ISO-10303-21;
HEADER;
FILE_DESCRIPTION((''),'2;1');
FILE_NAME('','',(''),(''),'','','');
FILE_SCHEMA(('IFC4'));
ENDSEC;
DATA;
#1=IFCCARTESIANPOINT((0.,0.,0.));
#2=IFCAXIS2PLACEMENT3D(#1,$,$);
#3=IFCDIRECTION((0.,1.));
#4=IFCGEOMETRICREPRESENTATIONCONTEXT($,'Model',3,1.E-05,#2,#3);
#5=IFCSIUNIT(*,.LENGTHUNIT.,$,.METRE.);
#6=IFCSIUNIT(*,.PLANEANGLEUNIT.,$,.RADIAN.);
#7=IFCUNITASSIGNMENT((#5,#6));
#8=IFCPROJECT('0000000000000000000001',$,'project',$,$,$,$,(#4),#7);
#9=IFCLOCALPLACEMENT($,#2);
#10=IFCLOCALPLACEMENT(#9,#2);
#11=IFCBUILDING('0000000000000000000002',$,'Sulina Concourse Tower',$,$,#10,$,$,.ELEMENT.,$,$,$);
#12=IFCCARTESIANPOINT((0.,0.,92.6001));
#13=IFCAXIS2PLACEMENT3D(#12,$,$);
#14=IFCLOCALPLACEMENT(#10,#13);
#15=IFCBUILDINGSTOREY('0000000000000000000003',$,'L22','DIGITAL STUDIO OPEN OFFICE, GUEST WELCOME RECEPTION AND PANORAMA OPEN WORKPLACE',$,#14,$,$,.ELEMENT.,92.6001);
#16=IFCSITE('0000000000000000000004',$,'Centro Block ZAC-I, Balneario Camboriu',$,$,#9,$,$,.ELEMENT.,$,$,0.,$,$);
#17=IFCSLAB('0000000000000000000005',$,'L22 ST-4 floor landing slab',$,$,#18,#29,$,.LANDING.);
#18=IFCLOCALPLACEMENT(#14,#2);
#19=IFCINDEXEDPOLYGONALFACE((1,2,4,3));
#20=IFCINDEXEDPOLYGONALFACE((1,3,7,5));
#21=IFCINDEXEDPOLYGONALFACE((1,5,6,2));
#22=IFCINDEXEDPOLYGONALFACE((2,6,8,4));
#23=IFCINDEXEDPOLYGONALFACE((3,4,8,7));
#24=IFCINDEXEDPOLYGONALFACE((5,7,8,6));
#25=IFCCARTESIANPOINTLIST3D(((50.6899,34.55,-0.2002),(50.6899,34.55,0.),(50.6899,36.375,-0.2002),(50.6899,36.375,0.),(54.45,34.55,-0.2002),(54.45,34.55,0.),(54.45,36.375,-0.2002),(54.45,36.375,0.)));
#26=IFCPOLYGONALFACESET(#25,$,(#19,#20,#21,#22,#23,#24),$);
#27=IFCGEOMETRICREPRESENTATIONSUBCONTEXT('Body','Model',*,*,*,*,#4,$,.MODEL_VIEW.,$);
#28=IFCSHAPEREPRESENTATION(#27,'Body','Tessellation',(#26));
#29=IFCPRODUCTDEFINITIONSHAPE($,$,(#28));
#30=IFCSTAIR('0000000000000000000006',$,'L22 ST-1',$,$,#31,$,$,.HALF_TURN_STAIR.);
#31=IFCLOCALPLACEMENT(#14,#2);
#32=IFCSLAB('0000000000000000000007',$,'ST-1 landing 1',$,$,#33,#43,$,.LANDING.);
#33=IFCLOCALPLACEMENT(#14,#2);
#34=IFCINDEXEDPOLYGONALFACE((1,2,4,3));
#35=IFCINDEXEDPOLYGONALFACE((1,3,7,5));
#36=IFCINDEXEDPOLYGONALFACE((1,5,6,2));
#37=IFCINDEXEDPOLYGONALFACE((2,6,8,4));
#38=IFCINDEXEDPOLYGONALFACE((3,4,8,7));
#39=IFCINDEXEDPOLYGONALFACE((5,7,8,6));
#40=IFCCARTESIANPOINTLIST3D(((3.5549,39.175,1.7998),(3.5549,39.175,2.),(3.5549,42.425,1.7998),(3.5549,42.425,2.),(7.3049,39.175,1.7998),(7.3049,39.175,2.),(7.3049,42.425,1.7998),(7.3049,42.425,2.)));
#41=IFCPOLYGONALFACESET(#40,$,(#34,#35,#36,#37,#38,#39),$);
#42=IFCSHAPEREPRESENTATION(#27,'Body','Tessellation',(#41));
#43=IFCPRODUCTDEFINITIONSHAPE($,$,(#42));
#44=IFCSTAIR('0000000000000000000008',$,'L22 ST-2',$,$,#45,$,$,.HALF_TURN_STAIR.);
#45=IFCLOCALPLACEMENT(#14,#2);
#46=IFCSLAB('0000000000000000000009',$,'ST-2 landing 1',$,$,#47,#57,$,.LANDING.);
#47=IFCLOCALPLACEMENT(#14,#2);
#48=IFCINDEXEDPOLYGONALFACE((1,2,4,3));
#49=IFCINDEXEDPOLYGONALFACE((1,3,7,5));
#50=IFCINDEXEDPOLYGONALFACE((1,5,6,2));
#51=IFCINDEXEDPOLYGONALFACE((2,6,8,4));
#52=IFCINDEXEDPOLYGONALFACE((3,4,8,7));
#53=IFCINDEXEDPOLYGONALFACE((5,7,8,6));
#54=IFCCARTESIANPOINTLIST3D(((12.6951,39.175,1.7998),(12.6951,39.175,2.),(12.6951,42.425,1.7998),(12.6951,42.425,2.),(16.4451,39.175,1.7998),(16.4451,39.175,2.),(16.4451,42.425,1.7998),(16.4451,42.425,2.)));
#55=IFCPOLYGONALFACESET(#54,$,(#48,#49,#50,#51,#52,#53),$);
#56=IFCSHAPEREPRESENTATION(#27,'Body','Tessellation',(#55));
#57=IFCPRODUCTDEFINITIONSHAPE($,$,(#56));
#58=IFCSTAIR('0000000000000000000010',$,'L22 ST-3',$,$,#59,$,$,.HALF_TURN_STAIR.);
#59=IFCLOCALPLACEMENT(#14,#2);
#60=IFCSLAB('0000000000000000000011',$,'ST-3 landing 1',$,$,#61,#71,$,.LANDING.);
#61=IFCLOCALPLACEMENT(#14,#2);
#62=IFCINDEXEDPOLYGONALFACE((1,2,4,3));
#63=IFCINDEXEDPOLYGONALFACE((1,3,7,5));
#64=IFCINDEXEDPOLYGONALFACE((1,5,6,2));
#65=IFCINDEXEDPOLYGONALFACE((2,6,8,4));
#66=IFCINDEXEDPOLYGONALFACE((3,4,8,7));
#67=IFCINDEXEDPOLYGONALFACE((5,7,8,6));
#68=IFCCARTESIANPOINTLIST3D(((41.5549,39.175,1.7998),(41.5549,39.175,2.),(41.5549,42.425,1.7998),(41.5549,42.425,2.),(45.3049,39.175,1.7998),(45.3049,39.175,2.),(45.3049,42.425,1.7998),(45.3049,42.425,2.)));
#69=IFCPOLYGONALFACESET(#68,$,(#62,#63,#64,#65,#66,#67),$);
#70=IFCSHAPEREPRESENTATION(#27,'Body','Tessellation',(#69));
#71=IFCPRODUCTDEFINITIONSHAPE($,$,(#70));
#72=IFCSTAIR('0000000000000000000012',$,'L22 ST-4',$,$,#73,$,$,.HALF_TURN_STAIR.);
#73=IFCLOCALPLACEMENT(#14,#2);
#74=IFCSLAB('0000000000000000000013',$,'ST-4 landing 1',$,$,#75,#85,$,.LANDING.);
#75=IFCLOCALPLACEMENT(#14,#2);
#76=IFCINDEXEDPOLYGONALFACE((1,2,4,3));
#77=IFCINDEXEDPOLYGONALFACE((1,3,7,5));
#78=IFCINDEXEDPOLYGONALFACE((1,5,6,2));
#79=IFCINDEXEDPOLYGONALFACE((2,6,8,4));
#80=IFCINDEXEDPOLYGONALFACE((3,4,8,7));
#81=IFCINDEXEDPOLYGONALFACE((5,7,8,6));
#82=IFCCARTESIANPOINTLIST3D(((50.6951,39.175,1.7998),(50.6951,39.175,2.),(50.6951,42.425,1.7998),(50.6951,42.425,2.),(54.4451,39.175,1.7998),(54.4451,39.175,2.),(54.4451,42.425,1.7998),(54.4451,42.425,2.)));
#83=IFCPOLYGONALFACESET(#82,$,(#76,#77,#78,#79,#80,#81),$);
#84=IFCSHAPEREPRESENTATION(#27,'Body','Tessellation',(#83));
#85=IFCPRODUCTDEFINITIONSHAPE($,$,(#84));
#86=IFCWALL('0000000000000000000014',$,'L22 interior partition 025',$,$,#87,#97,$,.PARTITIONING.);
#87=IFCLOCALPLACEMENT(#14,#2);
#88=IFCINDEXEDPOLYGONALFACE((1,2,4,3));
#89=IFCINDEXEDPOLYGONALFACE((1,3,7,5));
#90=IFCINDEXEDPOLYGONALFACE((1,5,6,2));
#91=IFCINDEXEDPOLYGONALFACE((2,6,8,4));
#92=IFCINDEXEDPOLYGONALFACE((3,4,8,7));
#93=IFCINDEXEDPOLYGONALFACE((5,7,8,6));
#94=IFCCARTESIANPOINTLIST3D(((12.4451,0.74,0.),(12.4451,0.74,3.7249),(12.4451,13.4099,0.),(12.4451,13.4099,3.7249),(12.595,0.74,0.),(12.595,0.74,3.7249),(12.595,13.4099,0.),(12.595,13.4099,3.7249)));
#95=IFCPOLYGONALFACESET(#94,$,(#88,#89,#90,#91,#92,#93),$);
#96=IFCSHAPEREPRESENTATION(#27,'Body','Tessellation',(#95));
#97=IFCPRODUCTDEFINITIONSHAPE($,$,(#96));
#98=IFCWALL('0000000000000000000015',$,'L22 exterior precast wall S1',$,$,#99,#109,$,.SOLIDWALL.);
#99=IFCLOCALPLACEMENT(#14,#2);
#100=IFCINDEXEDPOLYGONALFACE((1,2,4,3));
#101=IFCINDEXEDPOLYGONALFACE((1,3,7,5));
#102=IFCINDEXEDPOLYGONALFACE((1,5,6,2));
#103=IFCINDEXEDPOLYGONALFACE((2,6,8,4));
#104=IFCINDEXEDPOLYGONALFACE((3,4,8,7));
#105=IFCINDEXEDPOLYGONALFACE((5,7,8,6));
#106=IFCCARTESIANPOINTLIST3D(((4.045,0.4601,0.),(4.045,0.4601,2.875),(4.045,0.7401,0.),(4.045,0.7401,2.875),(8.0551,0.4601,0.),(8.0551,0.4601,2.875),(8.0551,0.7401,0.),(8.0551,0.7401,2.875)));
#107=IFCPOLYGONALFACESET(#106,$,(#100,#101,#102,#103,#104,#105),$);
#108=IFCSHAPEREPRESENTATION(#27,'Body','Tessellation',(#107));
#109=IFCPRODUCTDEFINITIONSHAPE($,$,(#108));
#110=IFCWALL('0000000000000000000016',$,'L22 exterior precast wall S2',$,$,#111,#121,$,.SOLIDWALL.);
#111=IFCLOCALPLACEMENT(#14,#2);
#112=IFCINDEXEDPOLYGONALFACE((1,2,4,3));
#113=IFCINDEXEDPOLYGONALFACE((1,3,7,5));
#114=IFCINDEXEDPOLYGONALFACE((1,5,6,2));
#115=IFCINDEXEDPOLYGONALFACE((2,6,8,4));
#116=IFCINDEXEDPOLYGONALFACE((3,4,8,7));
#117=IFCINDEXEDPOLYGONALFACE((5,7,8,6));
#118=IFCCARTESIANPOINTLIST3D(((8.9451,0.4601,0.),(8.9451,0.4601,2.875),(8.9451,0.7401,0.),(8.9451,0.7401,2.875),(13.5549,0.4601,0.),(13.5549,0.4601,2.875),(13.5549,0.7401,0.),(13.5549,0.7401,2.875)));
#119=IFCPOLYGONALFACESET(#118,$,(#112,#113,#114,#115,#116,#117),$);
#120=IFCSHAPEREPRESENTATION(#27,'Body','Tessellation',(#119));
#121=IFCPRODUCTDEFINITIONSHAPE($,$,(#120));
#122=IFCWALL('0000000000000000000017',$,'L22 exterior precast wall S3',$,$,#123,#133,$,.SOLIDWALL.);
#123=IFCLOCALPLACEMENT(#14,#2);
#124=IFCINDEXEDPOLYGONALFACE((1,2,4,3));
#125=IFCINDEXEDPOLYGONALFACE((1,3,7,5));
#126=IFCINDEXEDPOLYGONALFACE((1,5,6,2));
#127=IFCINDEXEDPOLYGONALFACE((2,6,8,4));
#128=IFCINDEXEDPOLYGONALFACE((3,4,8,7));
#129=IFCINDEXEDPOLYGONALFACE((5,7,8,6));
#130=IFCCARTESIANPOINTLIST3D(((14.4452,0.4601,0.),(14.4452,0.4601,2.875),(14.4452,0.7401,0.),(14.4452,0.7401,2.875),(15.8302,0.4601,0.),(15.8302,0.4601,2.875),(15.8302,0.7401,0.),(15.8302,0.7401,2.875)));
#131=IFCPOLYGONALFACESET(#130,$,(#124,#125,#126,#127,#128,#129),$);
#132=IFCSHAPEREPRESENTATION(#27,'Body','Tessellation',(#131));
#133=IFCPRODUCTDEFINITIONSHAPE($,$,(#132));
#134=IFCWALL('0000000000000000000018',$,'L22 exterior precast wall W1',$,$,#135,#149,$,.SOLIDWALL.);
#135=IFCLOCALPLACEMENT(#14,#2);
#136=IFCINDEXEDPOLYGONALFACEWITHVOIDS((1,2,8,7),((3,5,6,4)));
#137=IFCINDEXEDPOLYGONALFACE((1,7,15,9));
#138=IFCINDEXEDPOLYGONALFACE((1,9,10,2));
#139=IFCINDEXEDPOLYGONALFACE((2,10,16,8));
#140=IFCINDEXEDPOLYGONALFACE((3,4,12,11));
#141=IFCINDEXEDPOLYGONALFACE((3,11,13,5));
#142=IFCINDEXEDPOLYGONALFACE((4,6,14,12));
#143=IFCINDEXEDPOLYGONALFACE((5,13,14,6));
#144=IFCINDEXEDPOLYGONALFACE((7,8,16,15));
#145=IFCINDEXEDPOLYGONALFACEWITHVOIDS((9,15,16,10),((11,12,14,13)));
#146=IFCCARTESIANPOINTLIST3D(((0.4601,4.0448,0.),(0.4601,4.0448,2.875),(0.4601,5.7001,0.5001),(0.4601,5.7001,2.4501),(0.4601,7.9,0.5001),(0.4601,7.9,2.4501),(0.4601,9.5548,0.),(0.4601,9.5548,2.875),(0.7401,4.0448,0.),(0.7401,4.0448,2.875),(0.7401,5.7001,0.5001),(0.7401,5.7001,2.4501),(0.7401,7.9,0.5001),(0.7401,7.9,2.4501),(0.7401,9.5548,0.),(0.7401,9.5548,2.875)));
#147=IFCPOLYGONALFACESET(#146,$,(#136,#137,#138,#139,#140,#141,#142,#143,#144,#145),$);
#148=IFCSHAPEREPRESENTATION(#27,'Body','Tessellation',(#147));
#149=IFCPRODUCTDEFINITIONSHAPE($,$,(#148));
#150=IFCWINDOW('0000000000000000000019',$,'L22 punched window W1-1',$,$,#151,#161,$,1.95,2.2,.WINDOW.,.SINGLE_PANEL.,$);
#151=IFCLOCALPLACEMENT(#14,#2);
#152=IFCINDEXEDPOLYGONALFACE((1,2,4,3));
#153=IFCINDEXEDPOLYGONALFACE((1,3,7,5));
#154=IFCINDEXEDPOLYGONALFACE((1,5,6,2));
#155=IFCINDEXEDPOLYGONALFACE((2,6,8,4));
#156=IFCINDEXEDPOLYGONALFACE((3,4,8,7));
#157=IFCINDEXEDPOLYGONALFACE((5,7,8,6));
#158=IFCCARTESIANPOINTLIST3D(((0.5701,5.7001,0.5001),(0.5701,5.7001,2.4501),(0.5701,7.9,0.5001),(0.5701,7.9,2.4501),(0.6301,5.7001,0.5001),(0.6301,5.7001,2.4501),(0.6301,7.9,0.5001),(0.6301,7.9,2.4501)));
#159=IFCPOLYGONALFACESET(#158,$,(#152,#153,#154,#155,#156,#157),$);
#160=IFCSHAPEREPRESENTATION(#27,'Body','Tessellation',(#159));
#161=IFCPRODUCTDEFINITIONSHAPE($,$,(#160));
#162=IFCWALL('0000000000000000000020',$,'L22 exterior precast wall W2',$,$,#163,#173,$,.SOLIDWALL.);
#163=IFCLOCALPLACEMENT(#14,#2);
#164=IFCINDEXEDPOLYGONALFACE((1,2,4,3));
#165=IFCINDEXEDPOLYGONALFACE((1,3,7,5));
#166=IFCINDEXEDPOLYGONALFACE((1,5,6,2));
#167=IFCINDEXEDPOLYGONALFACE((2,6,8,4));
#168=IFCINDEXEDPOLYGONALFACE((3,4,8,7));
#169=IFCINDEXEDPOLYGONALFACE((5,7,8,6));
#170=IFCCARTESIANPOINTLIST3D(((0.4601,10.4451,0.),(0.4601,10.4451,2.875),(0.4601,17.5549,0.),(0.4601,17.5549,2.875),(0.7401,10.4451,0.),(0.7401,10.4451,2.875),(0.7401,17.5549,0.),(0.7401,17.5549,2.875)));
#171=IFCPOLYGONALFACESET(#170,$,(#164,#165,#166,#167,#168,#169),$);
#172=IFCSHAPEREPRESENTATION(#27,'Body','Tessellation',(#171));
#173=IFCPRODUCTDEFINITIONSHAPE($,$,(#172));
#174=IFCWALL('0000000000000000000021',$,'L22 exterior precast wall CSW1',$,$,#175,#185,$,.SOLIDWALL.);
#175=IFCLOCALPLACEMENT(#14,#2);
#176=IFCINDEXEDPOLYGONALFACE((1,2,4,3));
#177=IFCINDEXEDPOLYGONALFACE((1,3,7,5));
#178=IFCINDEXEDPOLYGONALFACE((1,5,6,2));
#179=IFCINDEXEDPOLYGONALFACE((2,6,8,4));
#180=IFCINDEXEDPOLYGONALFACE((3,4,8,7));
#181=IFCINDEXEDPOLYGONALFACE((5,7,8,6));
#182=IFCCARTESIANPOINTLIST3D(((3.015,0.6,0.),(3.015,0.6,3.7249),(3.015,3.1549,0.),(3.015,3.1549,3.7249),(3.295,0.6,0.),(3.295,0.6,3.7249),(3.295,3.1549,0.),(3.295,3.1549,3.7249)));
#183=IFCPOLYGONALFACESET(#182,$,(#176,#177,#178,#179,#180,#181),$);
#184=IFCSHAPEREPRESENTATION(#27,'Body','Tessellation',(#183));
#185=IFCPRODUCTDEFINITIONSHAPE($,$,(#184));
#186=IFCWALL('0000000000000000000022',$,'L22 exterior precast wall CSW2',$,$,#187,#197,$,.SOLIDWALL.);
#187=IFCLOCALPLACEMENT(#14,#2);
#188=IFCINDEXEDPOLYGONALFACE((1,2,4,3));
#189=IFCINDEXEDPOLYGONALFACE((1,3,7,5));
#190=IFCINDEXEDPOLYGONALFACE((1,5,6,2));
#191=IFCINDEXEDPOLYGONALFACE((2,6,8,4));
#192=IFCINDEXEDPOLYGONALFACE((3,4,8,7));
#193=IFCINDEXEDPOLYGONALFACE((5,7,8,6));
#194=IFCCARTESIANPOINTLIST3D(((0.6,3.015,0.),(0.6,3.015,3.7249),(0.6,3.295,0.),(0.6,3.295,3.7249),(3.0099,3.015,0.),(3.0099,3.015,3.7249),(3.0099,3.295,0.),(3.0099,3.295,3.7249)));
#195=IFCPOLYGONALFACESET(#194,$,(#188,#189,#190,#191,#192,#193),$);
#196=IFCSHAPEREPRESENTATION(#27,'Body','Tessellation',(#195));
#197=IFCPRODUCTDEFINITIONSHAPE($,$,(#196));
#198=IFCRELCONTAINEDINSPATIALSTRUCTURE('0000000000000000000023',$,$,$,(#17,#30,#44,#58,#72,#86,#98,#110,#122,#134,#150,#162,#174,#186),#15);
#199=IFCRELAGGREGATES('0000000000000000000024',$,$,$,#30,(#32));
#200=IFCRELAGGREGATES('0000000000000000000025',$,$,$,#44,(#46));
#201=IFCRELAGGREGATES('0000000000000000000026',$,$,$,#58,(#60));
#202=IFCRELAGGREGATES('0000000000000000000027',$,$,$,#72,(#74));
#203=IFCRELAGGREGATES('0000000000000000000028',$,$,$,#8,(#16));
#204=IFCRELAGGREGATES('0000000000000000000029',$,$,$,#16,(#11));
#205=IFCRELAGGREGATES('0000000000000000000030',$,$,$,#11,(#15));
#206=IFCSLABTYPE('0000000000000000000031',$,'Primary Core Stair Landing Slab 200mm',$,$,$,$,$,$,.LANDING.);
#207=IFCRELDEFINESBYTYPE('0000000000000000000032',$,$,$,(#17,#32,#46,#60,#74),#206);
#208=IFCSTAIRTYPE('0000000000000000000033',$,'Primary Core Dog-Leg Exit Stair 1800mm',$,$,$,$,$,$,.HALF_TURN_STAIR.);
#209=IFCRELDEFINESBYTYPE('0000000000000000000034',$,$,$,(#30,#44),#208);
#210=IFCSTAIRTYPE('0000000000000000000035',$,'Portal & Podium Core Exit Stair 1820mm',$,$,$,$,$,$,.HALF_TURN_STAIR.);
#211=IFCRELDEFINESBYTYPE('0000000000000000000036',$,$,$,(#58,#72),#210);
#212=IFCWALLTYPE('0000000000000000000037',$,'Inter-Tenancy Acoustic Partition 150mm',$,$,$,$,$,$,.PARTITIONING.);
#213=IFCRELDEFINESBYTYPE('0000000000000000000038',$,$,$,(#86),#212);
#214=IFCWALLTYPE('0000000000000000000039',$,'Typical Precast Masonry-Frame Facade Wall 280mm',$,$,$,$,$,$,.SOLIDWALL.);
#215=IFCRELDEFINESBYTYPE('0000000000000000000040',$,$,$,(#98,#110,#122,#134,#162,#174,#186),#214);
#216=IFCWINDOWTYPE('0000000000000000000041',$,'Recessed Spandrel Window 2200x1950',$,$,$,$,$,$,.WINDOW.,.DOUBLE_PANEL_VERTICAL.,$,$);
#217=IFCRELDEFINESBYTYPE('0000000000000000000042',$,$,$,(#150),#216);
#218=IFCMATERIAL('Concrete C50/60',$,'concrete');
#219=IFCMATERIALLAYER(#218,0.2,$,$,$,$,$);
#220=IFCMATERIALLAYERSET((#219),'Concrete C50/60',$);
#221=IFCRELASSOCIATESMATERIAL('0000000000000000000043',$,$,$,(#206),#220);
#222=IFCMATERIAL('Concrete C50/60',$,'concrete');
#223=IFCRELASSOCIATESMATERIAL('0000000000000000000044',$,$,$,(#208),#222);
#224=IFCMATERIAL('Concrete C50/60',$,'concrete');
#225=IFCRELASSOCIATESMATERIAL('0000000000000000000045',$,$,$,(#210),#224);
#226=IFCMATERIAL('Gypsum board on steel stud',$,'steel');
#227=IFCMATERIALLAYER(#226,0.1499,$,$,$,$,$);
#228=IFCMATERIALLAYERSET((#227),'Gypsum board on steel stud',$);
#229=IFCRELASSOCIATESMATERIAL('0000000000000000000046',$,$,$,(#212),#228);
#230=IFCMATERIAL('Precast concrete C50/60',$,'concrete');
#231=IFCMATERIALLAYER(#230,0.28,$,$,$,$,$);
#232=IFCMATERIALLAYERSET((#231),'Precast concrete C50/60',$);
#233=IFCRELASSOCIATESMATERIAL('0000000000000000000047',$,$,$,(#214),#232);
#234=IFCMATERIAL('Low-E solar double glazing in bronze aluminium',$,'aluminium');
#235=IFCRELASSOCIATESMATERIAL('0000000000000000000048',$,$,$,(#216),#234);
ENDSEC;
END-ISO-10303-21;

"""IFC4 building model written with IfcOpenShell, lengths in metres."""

from ifc_helpers import new_model, si_unit, direction, frame, frame_2d, origin, place, context, subcontext, project, spatial, polyline, rectangle, outline, extrude, material, layer, layer_set, type_object, element, fill, aggregate, save


model = new_model("IFC4")

# Units and contexts
model_context = context("Model", 3, precision=1e-05, world=origin(), true_north=direction((0.0, 1.0)))
body_context = subcontext(model_context, "Body", "Model", "MODEL_VIEW")
ifc_project = project(units=[si_unit("LENGTHUNIT", "METRE"), si_unit("PLANEANGLEUNIT", "RADIAN")], contexts=[model_context])

# Site, building, storey
site_placement = place(None, origin())
site = spatial("IfcSite", under=ifc_project, at=site_placement, Name="Centro Block ZAC-I, Balneario Camboriu", CompositionType="ELEMENT", RefElevation=0.0)
building_placement = place(site_placement, origin())
building = spatial("IfcBuilding", under=site, at=building_placement, Name="Sulina Concourse Tower", CompositionType="ELEMENT")
storey_placement = place(building_placement, frame((0.0, 0.0, 92.6001)))
storey = spatial("IfcBuildingStorey", under=building, at=storey_placement, Name="L22", Description="DIGITAL STUDIO OPEN OFFICE, GUEST WELCOME RECEPTION AND PANORAMA OPEN WORKPLACE", CompositionType="ELEMENT", Elevation=92.6001)

# Slab
ifc_material_1 = material(Name="Concrete C50/60", Category="concrete")
ifc_layer_1 = layer(ifc_material_1, 0.2)
ifc_layer_set_1 = layer_set([ifc_layer_1], Name="Concrete C50/60")
slab_type_1 = type_object("IfcSlabType", Name="Primary Core Stair Landing Slab 200mm", PredefinedType="LANDING", material=ifc_layer_set_1)
slab_1_placement = place(storey_placement, frame((0.0, 0.0, -0.2002)))
element("IfcSlab", 1, at=slab_1_placement, inside=storey, type_object=slab_type_1, Name="L22 ST-4 floor landing slab", PredefinedType="LANDING", context=body_context, shape_type="SweptSolid", body=[
    extrude(outline(polyline([(54.45, 34.55), (54.45, 36.375), (50.6899, 36.375), (50.6899, 34.55), (54.45, 34.55)])), origin(), (0.0, 0.0, 1.0), 0.2002),
])

# Stairs, slabs
ifc_material_2 = material(Name="Concrete C50/60", Category="concrete")
stair_type_1 = type_object("IfcStairType", Name="Primary Core Dog-Leg Exit Stair 1800mm", PredefinedType="HALF_TURN_STAIR", material=ifc_material_2)
stair_1_placement = place(storey_placement, origin())
stair_1 = element("IfcStair", 2, at=stair_1_placement, inside=storey, type_object=stair_type_1, Name="L22 ST-1", PredefinedType="HALF_TURN_STAIR")
slab_2_placement = place(storey_placement, frame((0.0, 0.0, 1.7998)))
slab_2 = element("IfcSlab", 3, at=slab_2_placement, type_object=slab_type_1, Name="ST-1 landing 1", PredefinedType="LANDING", context=body_context, shape_type="SweptSolid", body=[
    extrude(outline(polyline([(7.3049, 39.175), (7.3049, 42.425), (3.5549, 42.425), (3.5549, 39.175), (7.3049, 39.175)])), origin(), (0.0, 0.0, 1.0), 0.2002),
])
aggregate(stair_1, [slab_2])
stair_2_placement = place(storey_placement, origin())
stair_2 = element("IfcStair", 4, at=stair_2_placement, inside=storey, type_object=stair_type_1, Name="L22 ST-2", PredefinedType="HALF_TURN_STAIR")
slab_3_placement = place(storey_placement, frame((0.0, 0.0, 1.7998)))
slab_3 = element("IfcSlab", 5, at=slab_3_placement, type_object=slab_type_1, Name="ST-2 landing 1", PredefinedType="LANDING", context=body_context, shape_type="SweptSolid", body=[
    extrude(outline(polyline([(16.4451, 39.175), (16.4451, 42.425), (12.6951, 42.425), (12.6951, 39.175), (16.4451, 39.175)])), origin(), (0.0, 0.0, 1.0), 0.2002),
])
aggregate(stair_2, [slab_3])
ifc_material_3 = material(Name="Concrete C50/60", Category="concrete")
stair_type_2 = type_object("IfcStairType", Name="Portal & Podium Core Exit Stair 1820mm", PredefinedType="HALF_TURN_STAIR", material=ifc_material_3)
stair_3_placement = place(storey_placement, origin())
stair_3 = element("IfcStair", 6, at=stair_3_placement, inside=storey, type_object=stair_type_2, Name="L22 ST-3", PredefinedType="HALF_TURN_STAIR")
slab_4_placement = place(storey_placement, frame((0.0, 0.0, 1.7998)))
slab_4 = element("IfcSlab", 7, at=slab_4_placement, type_object=slab_type_1, Name="ST-3 landing 1", PredefinedType="LANDING", context=body_context, shape_type="SweptSolid", body=[
    extrude(outline(polyline([(45.3049, 39.175), (45.3049, 42.425), (41.5549, 42.425), (41.5549, 39.175), (45.3049, 39.175)])), origin(), (0.0, 0.0, 1.0), 0.2002),
])
aggregate(stair_3, [slab_4])
stair_4_placement = place(storey_placement, origin())
stair_4 = element("IfcStair", 8, at=stair_4_placement, inside=storey, type_object=stair_type_2, Name="L22 ST-4", PredefinedType="HALF_TURN_STAIR")
slab_5_placement = place(storey_placement, frame((0.0, 0.0, 1.7998)))
slab_5 = element("IfcSlab", 9, at=slab_5_placement, type_object=slab_type_1, Name="ST-4 landing 1", PredefinedType="LANDING", context=body_context, shape_type="SweptSolid", body=[
    extrude(outline(polyline([(54.4451, 39.175), (54.4451, 42.425), (50.6951, 42.425), (50.6951, 39.175), (54.4451, 39.175)])), origin(), (0.0, 0.0, 1.0), 0.2002),
])
aggregate(stair_4, [slab_5])

# Walls
ifc_material_4 = material(Name="Gypsum board on steel stud", Category="steel")
ifc_layer_2 = layer(ifc_material_4, 0.1499)
ifc_layer_set_2 = layer_set([ifc_layer_2], Name="Gypsum board on steel stud")
wall_type_1 = type_object("IfcWallType", Name="Inter-Tenancy Acoustic Partition 150mm", PredefinedType="PARTITIONING", material=ifc_layer_set_2)
wall_1_placement = place(storey_placement, frame((12.52, 0.74, 0.0), z_axis=(0.0, 0.0, 1.0), x_axis=(0.0, 1.0, 0.0)))
element("IfcWall", 10, at=wall_1_placement, inside=storey, type_object=wall_type_1, Name="L22 interior partition 025", PredefinedType="PARTITIONING", context=body_context, shape_type="SweptSolid", body=[
    extrude(rectangle(XDim=12.6699, YDim=0.1499, at=frame_2d((6.335, 0.0))), origin(), (0.0, 0.0, 1.0), 3.7249),
])
ifc_material_5 = material(Name="Precast concrete C50/60", Category="concrete")
ifc_layer_3 = layer(ifc_material_5, 0.28)
ifc_layer_set_3 = layer_set([ifc_layer_3], Name="Precast concrete C50/60")
wall_type_2 = type_object("IfcWallType", Name="Typical Precast Masonry-Frame Facade Wall 280mm", PredefinedType="SOLIDWALL", material=ifc_layer_set_3)
wall_2_placement = place(storey_placement, frame((8.0549, 0.6001, 0.0), z_axis=(0.0, 0.0, 1.0), x_axis=(-1.0, 0.0, 0.0)))
element("IfcWall", 11, at=wall_2_placement, inside=storey, type_object=wall_type_2, Name="L22 exterior precast wall S1", PredefinedType="SOLIDWALL", context=body_context, shape_type="SweptSolid", body=[
    extrude(rectangle(XDim=4.01, YDim=0.28, at=frame_2d((2.0049, 0.0))), origin(), (0.0, 0.0, 1.0), 2.875),
])
wall_3_placement = place(storey_placement, frame((13.5549, 0.6001, 0.0), z_axis=(0.0, 0.0, 1.0), x_axis=(-1.0, 0.0, 0.0)))
element("IfcWall", 12, at=wall_3_placement, inside=storey, type_object=wall_type_2, Name="L22 exterior precast wall S2", PredefinedType="SOLIDWALL", context=body_context, shape_type="SweptSolid", body=[
    extrude(rectangle(XDim=4.6099, YDim=0.28, at=frame_2d((2.3049, 0.0))), origin(), (0.0, 0.0, 1.0), 2.875),
])
wall_4_placement = place(storey_placement, frame((15.8301, 0.6001, 0.0), z_axis=(0.0, 0.0, 1.0), x_axis=(-1.0, 0.0, 0.0)))
element("IfcWall", 13, at=wall_4_placement, inside=storey, type_object=wall_type_2, Name="L22 exterior precast wall S3", PredefinedType="SOLIDWALL", context=body_context, shape_type="SweptSolid", body=[
    extrude(rectangle(XDim=1.385, YDim=0.28, at=frame_2d((0.6924, 0.0))), origin(), (0.0, 0.0, 1.0), 2.875),
])

# Wall, opening, window
wall_5_placement = place(storey_placement, frame((0.6001, 4.0449, 0.0), z_axis=(0.0, 0.0, 1.0), x_axis=(0.0, 1.0, 0.0)))
wall_5 = element("IfcWall", 14, at=wall_5_placement, inside=storey, type_object=wall_type_2, Name="L22 exterior precast wall W1", PredefinedType="SOLIDWALL", context=body_context, shape_type="SweptSolid", body=[
    extrude(rectangle(XDim=5.51, YDim=0.28, at=frame_2d((2.7549, 0.0))), origin(), (0.0, 0.0, 1.0), 2.875),
])
opening_placement = place(wall_5_placement, frame((1.655, 0.0, 0.5)))
opening = element("IfcOpeningElement", 15, at=opening_placement, cuts=wall_5, PredefinedType="OPENING", context=body_context, shape_type="SweptSolid", body=[
    extrude(rectangle(XDim=2.2, YDim=1.95, at=frame_2d((1.1001, 0.9751))), frame((0.0, 0.1499, 0.0), z_axis=(0.0, -1.0, 0.0), x_axis=(1.0, 0.0, 0.0)), (0.0, 0.0, 1.0), 0.3),
])
ifc_material_6 = material(Name="Low-E solar double glazing in bronze aluminium", Category="aluminium")
window_type = type_object("IfcWindowType", Name="Recessed Spandrel Window 2200x1950", PartitioningType="DOUBLE_PANEL_VERTICAL", PredefinedType="WINDOW", material=ifc_material_6)
window_placement = place(opening_placement, origin())
window = element("IfcWindow", 16, at=window_placement, inside=storey, type_object=window_type, Name="L22 punched window W1-1", OverallHeight=1.95, OverallWidth=2.2, PartitioningType="SINGLE_PANEL", PredefinedType="WINDOW", context=body_context, shape_type="SweptSolid", body=[
    extrude(rectangle(XDim=2.2, YDim=1.95, at=frame_2d((1.1001, 0.9751))), frame((0.0, 0.03, 0.0), z_axis=(0.0, -1.0, 0.0), x_axis=(1.0, 0.0, 0.0)), (0.0, 0.0, 1.0), 0.0601),
])
fill(opening, window)

# Walls
wall_6_placement = place(storey_placement, frame((0.6001, 10.4451, 0.0), z_axis=(0.0, 0.0, 1.0), x_axis=(0.0, 1.0, 0.0)))
element("IfcWall", 17, at=wall_6_placement, inside=storey, type_object=wall_type_2, Name="L22 exterior precast wall W2", PredefinedType="SOLIDWALL", context=body_context, shape_type="SweptSolid", body=[
    extrude(rectangle(XDim=7.1099, YDim=0.28, at=frame_2d((3.5549, 0.0))), origin(), (0.0, 0.0, 1.0), 2.875),
])
wall_7_placement = place(storey_placement, frame((3.155, 0.6001, 0.0), z_axis=(0.0, 0.0, 1.0), x_axis=(0.0, 1.0, 0.0)))
element("IfcWall", 18, at=wall_7_placement, inside=storey, type_object=wall_type_2, Name="L22 exterior precast wall CSW1", PredefinedType="SOLIDWALL", context=body_context, shape_type="SweptSolid", body=[
    extrude(rectangle(XDim=2.5549, YDim=0.28, at=frame_2d((1.2773, 0.0))), origin(), (0.0, 0.0, 1.0), 3.7249),
])
wall_8_placement = place(storey_placement, frame((3.01, 3.155, 0.0), z_axis=(0.0, 0.0, 1.0), x_axis=(-1.0, 0.0, 0.0)))
element("IfcWall", 19, at=wall_8_placement, inside=storey, type_object=wall_type_2, Name="L22 exterior precast wall CSW2", PredefinedType="SOLIDWALL", context=body_context, shape_type="SweptSolid", body=[
    extrude(rectangle(XDim=2.4099, YDim=0.28, at=frame_2d((1.2051, 0.0))), origin(), (0.0, 0.0, 1.0), 3.7249),
])

save(model, "model.ifc")
